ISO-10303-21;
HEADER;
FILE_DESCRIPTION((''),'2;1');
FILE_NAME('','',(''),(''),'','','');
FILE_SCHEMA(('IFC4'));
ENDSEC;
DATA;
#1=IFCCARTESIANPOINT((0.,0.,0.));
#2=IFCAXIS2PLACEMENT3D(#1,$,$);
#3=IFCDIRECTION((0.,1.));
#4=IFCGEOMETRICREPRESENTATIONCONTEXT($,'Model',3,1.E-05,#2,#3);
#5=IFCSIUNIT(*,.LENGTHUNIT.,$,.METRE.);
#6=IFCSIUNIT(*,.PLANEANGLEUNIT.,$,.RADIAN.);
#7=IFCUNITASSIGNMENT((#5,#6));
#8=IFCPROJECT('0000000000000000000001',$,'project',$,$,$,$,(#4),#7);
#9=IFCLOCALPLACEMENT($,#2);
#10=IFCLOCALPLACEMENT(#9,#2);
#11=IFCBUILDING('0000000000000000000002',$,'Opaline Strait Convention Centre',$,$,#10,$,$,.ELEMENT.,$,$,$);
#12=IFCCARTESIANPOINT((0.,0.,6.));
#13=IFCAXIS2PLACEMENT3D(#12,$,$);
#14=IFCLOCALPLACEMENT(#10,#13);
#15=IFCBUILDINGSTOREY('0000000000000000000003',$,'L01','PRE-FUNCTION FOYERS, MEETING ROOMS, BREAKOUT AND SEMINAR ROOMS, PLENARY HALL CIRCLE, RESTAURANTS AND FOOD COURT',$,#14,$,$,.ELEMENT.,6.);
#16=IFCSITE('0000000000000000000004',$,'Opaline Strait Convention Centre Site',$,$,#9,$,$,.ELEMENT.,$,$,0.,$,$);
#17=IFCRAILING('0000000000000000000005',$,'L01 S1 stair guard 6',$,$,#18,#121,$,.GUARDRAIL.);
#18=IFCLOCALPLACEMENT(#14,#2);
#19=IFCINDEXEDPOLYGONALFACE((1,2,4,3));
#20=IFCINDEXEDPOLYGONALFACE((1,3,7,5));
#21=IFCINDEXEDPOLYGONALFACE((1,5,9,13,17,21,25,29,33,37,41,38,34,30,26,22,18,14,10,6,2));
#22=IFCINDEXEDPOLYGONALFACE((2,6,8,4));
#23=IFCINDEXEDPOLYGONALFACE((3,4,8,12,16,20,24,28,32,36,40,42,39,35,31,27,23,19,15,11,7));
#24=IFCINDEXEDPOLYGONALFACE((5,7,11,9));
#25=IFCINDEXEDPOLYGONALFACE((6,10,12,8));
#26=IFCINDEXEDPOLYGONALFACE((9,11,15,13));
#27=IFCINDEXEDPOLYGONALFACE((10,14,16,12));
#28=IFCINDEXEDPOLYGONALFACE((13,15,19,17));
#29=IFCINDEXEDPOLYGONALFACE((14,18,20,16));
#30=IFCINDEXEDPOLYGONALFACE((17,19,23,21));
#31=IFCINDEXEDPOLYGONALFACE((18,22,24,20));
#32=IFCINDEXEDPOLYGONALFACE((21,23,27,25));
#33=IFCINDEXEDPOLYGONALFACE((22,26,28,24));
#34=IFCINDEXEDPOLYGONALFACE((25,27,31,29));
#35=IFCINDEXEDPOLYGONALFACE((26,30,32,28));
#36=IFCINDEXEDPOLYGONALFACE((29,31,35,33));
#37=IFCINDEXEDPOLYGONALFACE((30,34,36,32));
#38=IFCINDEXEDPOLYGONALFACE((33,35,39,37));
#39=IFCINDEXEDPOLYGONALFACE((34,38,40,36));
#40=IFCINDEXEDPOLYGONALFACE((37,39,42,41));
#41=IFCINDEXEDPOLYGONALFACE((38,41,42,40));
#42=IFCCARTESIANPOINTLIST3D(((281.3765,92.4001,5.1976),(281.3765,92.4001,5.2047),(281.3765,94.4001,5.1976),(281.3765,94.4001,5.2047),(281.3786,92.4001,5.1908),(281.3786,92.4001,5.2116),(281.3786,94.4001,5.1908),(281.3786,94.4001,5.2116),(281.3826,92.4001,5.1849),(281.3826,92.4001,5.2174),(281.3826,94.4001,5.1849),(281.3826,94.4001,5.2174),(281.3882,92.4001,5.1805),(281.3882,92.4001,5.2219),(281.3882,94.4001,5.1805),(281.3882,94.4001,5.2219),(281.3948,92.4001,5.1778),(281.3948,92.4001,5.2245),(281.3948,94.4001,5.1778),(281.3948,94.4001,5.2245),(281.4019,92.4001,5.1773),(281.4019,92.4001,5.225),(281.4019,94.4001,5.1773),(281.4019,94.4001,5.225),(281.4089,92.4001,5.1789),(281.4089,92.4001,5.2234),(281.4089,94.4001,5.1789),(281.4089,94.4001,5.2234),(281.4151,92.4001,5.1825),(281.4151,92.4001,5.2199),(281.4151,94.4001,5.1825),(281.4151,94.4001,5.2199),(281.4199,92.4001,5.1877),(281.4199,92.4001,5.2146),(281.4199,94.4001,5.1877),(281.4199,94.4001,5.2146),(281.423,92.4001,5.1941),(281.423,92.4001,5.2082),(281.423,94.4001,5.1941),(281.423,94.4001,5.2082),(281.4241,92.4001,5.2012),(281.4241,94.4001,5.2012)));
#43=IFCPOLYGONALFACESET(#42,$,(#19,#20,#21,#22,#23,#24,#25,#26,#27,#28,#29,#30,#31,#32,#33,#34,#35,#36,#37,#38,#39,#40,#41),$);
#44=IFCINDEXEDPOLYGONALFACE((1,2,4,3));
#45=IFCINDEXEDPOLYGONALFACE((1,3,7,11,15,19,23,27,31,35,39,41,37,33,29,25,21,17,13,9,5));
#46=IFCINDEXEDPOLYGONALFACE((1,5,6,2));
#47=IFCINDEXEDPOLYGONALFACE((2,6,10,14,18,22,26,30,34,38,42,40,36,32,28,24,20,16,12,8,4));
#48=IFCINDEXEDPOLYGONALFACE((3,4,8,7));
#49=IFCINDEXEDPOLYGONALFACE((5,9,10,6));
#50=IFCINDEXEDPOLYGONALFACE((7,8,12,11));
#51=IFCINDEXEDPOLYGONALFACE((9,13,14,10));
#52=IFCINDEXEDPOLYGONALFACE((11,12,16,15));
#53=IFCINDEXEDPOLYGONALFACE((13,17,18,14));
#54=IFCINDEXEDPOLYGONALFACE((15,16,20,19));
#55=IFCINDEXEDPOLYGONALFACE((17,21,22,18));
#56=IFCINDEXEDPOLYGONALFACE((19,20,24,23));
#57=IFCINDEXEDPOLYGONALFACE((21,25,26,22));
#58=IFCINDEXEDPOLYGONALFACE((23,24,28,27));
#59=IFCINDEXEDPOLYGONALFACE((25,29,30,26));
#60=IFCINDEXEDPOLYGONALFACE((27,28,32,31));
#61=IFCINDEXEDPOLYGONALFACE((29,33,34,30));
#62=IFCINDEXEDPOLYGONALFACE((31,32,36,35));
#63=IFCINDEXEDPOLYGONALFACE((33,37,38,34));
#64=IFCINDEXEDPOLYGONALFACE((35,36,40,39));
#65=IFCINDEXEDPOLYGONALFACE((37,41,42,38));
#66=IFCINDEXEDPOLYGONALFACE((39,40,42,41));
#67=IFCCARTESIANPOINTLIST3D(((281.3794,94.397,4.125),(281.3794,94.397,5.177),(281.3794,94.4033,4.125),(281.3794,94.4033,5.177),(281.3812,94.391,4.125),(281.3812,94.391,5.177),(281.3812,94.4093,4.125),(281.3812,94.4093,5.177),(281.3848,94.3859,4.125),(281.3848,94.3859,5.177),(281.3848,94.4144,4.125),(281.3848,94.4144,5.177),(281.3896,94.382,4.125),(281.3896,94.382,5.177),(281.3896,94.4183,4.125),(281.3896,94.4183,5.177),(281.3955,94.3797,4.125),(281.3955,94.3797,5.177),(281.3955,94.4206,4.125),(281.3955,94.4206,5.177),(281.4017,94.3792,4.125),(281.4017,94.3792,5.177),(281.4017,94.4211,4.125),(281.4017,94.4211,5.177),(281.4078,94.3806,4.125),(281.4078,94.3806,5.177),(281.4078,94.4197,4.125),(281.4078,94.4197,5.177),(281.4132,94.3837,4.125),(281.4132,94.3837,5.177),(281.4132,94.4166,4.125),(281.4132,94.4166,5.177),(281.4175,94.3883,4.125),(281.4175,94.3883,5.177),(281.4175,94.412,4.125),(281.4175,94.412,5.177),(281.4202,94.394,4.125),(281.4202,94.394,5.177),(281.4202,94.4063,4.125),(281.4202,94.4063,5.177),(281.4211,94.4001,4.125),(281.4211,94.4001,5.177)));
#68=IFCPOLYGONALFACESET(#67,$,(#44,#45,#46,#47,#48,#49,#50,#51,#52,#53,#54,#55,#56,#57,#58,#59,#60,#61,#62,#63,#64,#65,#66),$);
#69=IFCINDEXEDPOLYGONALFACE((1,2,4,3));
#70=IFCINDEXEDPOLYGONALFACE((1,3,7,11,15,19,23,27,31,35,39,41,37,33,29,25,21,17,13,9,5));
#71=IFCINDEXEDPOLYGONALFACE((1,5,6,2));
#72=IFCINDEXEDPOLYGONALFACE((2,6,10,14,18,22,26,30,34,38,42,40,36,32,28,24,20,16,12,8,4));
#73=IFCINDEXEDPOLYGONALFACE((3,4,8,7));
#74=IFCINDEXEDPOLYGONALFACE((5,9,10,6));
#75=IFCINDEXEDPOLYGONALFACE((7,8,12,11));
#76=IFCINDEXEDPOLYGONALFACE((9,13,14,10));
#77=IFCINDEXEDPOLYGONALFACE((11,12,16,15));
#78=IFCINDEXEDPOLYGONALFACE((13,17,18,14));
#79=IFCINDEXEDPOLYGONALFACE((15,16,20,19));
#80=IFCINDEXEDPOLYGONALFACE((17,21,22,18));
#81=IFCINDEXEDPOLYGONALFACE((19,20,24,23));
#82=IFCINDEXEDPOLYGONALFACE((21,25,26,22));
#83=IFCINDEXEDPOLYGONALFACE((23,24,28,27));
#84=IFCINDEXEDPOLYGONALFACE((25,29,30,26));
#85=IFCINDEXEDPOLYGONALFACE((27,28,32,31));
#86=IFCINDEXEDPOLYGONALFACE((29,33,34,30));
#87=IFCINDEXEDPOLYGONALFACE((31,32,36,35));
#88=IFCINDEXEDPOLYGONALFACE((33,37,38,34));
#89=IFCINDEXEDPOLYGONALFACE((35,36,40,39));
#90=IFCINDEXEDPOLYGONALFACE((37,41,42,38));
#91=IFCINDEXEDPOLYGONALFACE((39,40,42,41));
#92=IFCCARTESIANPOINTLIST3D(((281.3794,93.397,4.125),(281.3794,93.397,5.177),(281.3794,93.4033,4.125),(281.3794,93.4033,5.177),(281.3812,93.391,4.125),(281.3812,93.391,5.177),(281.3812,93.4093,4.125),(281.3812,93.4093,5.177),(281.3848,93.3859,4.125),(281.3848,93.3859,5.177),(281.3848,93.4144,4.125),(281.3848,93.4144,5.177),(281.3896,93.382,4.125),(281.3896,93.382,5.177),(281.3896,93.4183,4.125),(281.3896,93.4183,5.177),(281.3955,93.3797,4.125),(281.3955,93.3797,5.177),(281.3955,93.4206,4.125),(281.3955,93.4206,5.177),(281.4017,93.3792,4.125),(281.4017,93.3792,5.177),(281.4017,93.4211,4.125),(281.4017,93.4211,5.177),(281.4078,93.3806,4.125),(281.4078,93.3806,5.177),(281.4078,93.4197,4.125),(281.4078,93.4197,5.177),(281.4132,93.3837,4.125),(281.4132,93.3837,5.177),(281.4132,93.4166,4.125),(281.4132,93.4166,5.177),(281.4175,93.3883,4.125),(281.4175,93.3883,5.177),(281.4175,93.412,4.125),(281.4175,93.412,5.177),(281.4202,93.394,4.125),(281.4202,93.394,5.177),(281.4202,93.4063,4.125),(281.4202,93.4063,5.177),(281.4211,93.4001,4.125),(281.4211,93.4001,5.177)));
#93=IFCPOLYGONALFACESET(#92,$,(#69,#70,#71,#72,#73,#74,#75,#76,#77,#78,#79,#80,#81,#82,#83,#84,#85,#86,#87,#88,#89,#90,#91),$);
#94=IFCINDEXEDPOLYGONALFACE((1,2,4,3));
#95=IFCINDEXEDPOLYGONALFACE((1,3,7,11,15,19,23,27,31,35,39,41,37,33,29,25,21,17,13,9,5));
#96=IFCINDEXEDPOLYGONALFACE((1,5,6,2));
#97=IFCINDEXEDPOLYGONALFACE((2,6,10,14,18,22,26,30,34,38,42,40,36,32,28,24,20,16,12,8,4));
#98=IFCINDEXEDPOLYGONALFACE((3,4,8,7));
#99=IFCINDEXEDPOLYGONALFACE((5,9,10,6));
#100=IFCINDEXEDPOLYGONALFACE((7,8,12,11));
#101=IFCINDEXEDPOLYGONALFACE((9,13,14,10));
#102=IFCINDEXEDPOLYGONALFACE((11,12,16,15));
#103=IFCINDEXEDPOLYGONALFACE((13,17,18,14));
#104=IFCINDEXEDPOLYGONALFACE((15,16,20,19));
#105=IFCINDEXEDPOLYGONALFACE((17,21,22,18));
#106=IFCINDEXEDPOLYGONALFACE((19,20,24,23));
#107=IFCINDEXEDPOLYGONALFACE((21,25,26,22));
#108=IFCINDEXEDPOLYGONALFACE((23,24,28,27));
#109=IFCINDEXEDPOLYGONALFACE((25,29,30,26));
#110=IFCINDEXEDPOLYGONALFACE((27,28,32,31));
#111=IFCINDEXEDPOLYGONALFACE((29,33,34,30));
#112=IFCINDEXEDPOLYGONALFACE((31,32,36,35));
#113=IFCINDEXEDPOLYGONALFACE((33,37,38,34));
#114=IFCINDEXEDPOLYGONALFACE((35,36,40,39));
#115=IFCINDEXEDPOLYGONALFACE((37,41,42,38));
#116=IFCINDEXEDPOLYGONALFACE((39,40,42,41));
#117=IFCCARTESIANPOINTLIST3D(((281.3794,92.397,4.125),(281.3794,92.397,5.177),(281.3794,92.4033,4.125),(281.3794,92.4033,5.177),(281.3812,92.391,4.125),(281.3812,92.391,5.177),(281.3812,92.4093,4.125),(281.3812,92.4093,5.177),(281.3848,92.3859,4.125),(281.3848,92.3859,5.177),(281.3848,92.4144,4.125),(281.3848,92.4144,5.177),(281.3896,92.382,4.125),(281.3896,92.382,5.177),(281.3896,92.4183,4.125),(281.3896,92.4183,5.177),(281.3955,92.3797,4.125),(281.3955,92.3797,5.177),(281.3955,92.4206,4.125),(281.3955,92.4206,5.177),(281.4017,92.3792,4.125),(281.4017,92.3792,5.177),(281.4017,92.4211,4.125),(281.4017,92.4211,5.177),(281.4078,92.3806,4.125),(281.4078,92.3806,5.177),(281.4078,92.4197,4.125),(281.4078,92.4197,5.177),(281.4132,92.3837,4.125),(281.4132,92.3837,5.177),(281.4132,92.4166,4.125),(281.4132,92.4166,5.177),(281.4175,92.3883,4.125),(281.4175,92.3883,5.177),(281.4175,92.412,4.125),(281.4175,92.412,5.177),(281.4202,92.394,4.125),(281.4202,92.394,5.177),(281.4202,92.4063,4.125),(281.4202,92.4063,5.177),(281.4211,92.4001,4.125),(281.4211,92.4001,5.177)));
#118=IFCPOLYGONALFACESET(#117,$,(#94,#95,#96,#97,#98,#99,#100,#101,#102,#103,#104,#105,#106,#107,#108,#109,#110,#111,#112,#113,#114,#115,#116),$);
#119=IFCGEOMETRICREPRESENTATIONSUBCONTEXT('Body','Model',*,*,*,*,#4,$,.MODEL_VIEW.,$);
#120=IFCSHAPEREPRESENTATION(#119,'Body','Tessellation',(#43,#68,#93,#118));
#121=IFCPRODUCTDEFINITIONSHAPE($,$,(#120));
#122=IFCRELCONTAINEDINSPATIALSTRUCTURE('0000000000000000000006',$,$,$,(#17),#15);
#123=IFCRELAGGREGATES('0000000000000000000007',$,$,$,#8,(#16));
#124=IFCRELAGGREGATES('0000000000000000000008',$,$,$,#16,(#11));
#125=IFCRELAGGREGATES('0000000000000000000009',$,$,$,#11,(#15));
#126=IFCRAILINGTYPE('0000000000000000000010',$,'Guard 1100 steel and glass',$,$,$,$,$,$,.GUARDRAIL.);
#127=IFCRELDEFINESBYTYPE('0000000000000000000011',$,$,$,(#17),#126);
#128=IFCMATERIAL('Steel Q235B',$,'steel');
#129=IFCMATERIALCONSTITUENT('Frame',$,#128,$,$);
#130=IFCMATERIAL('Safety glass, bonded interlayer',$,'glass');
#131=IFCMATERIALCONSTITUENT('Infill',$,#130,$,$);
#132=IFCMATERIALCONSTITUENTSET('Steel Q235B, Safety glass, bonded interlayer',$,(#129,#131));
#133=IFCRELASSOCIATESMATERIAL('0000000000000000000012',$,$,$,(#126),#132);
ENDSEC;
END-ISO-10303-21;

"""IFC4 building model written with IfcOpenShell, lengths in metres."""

from ifc_helpers import new_model, si_unit, direction, frame, origin, origin_2d, place, context, subcontext, project, spatial, circle, extrude, material, constituent, constituent_set, type_object, element, save


model = new_model("IFC4")

# Units and contexts
model_context = context("Model", 3, precision=1e-05, world=origin(), true_north=direction((0.0, 1.0)))
body_context = subcontext(model_context, "Body", "Model", "MODEL_VIEW")
ifc_project = project(units=[si_unit("LENGTHUNIT", "METRE"), si_unit("PLANEANGLEUNIT", "RADIAN")], contexts=[model_context])

# Site, building, storey
site_placement = place(None, origin())
site = spatial("IfcSite", under=ifc_project, at=site_placement, Name="Opaline Strait Convention Centre Site", CompositionType="ELEMENT", RefElevation=0.0)
building_placement = place(site_placement, origin())
building = spatial("IfcBuilding", under=site, at=building_placement, Name="Opaline Strait Convention Centre", CompositionType="ELEMENT")
storey_placement = place(building_placement, frame((0.0, 0.0, 6.0)))
storey = spatial("IfcBuildingStorey", under=building, at=storey_placement, Name="L01", Description="PRE-FUNCTION FOYERS, MEETING ROOMS, BREAKOUT AND SEMINAR ROOMS, PLENARY HALL CIRCLE, RESTAURANTS AND FOOD COURT", CompositionType="ELEMENT", Elevation=6.0)

# Railing
ifc_material_1 = material(Name="Steel Q235B", Category="steel")
ifc_constituent_1 = constituent(ifc_material_1, Name="Frame")
ifc_material_2 = material(Name="Safety glass, bonded interlayer", Category="glass")
ifc_constituent_2 = constituent(ifc_material_2, Name="Infill")
ifc_constituent_set = constituent_set(constituents=[ifc_constituent_1, ifc_constituent_2], Name="Steel Q235B, Safety glass, bonded interlayer")
railing_type_1 = type_object("IfcRailingType", Name="Guard 1100 steel and glass", PredefinedType="GUARDRAIL", material=ifc_constituent_set)
railing_1_placement = place(storey_placement, frame((281.4001, 94.4001, 4.125)))
element("IfcRailing", 1, at=railing_1_placement, inside=storey, type_object=railing_type_1, Name="L01 S1 stair guard 6", PredefinedType="GUARDRAIL", context=body_context, shape_type="SweptSolid", body=[
    extrude(circle(Radius=0.0239, at=origin_2d()), frame((0.0, 0.0, 1.0762), z_axis=(0.0, -1.0, 0.0), x_axis=(1.0, 0.0, 0.0)), (0.0, 0.0, 1.0), 2.0),
    extrude(circle(Radius=0.021, at=origin_2d()), origin(), (0.0, 0.0, 1.0), 1.052),
    extrude(circle(Radius=0.021, at=origin_2d()), frame((0.0, -1.0, 0.0)), (0.0, 0.0, 1.0), 1.052),
    extrude(circle(Radius=0.021, at=origin_2d()), frame((0.0, -2.0, 0.0)), (0.0, 0.0, 1.0), 1.052),
])

save(model, "model.ifc")
